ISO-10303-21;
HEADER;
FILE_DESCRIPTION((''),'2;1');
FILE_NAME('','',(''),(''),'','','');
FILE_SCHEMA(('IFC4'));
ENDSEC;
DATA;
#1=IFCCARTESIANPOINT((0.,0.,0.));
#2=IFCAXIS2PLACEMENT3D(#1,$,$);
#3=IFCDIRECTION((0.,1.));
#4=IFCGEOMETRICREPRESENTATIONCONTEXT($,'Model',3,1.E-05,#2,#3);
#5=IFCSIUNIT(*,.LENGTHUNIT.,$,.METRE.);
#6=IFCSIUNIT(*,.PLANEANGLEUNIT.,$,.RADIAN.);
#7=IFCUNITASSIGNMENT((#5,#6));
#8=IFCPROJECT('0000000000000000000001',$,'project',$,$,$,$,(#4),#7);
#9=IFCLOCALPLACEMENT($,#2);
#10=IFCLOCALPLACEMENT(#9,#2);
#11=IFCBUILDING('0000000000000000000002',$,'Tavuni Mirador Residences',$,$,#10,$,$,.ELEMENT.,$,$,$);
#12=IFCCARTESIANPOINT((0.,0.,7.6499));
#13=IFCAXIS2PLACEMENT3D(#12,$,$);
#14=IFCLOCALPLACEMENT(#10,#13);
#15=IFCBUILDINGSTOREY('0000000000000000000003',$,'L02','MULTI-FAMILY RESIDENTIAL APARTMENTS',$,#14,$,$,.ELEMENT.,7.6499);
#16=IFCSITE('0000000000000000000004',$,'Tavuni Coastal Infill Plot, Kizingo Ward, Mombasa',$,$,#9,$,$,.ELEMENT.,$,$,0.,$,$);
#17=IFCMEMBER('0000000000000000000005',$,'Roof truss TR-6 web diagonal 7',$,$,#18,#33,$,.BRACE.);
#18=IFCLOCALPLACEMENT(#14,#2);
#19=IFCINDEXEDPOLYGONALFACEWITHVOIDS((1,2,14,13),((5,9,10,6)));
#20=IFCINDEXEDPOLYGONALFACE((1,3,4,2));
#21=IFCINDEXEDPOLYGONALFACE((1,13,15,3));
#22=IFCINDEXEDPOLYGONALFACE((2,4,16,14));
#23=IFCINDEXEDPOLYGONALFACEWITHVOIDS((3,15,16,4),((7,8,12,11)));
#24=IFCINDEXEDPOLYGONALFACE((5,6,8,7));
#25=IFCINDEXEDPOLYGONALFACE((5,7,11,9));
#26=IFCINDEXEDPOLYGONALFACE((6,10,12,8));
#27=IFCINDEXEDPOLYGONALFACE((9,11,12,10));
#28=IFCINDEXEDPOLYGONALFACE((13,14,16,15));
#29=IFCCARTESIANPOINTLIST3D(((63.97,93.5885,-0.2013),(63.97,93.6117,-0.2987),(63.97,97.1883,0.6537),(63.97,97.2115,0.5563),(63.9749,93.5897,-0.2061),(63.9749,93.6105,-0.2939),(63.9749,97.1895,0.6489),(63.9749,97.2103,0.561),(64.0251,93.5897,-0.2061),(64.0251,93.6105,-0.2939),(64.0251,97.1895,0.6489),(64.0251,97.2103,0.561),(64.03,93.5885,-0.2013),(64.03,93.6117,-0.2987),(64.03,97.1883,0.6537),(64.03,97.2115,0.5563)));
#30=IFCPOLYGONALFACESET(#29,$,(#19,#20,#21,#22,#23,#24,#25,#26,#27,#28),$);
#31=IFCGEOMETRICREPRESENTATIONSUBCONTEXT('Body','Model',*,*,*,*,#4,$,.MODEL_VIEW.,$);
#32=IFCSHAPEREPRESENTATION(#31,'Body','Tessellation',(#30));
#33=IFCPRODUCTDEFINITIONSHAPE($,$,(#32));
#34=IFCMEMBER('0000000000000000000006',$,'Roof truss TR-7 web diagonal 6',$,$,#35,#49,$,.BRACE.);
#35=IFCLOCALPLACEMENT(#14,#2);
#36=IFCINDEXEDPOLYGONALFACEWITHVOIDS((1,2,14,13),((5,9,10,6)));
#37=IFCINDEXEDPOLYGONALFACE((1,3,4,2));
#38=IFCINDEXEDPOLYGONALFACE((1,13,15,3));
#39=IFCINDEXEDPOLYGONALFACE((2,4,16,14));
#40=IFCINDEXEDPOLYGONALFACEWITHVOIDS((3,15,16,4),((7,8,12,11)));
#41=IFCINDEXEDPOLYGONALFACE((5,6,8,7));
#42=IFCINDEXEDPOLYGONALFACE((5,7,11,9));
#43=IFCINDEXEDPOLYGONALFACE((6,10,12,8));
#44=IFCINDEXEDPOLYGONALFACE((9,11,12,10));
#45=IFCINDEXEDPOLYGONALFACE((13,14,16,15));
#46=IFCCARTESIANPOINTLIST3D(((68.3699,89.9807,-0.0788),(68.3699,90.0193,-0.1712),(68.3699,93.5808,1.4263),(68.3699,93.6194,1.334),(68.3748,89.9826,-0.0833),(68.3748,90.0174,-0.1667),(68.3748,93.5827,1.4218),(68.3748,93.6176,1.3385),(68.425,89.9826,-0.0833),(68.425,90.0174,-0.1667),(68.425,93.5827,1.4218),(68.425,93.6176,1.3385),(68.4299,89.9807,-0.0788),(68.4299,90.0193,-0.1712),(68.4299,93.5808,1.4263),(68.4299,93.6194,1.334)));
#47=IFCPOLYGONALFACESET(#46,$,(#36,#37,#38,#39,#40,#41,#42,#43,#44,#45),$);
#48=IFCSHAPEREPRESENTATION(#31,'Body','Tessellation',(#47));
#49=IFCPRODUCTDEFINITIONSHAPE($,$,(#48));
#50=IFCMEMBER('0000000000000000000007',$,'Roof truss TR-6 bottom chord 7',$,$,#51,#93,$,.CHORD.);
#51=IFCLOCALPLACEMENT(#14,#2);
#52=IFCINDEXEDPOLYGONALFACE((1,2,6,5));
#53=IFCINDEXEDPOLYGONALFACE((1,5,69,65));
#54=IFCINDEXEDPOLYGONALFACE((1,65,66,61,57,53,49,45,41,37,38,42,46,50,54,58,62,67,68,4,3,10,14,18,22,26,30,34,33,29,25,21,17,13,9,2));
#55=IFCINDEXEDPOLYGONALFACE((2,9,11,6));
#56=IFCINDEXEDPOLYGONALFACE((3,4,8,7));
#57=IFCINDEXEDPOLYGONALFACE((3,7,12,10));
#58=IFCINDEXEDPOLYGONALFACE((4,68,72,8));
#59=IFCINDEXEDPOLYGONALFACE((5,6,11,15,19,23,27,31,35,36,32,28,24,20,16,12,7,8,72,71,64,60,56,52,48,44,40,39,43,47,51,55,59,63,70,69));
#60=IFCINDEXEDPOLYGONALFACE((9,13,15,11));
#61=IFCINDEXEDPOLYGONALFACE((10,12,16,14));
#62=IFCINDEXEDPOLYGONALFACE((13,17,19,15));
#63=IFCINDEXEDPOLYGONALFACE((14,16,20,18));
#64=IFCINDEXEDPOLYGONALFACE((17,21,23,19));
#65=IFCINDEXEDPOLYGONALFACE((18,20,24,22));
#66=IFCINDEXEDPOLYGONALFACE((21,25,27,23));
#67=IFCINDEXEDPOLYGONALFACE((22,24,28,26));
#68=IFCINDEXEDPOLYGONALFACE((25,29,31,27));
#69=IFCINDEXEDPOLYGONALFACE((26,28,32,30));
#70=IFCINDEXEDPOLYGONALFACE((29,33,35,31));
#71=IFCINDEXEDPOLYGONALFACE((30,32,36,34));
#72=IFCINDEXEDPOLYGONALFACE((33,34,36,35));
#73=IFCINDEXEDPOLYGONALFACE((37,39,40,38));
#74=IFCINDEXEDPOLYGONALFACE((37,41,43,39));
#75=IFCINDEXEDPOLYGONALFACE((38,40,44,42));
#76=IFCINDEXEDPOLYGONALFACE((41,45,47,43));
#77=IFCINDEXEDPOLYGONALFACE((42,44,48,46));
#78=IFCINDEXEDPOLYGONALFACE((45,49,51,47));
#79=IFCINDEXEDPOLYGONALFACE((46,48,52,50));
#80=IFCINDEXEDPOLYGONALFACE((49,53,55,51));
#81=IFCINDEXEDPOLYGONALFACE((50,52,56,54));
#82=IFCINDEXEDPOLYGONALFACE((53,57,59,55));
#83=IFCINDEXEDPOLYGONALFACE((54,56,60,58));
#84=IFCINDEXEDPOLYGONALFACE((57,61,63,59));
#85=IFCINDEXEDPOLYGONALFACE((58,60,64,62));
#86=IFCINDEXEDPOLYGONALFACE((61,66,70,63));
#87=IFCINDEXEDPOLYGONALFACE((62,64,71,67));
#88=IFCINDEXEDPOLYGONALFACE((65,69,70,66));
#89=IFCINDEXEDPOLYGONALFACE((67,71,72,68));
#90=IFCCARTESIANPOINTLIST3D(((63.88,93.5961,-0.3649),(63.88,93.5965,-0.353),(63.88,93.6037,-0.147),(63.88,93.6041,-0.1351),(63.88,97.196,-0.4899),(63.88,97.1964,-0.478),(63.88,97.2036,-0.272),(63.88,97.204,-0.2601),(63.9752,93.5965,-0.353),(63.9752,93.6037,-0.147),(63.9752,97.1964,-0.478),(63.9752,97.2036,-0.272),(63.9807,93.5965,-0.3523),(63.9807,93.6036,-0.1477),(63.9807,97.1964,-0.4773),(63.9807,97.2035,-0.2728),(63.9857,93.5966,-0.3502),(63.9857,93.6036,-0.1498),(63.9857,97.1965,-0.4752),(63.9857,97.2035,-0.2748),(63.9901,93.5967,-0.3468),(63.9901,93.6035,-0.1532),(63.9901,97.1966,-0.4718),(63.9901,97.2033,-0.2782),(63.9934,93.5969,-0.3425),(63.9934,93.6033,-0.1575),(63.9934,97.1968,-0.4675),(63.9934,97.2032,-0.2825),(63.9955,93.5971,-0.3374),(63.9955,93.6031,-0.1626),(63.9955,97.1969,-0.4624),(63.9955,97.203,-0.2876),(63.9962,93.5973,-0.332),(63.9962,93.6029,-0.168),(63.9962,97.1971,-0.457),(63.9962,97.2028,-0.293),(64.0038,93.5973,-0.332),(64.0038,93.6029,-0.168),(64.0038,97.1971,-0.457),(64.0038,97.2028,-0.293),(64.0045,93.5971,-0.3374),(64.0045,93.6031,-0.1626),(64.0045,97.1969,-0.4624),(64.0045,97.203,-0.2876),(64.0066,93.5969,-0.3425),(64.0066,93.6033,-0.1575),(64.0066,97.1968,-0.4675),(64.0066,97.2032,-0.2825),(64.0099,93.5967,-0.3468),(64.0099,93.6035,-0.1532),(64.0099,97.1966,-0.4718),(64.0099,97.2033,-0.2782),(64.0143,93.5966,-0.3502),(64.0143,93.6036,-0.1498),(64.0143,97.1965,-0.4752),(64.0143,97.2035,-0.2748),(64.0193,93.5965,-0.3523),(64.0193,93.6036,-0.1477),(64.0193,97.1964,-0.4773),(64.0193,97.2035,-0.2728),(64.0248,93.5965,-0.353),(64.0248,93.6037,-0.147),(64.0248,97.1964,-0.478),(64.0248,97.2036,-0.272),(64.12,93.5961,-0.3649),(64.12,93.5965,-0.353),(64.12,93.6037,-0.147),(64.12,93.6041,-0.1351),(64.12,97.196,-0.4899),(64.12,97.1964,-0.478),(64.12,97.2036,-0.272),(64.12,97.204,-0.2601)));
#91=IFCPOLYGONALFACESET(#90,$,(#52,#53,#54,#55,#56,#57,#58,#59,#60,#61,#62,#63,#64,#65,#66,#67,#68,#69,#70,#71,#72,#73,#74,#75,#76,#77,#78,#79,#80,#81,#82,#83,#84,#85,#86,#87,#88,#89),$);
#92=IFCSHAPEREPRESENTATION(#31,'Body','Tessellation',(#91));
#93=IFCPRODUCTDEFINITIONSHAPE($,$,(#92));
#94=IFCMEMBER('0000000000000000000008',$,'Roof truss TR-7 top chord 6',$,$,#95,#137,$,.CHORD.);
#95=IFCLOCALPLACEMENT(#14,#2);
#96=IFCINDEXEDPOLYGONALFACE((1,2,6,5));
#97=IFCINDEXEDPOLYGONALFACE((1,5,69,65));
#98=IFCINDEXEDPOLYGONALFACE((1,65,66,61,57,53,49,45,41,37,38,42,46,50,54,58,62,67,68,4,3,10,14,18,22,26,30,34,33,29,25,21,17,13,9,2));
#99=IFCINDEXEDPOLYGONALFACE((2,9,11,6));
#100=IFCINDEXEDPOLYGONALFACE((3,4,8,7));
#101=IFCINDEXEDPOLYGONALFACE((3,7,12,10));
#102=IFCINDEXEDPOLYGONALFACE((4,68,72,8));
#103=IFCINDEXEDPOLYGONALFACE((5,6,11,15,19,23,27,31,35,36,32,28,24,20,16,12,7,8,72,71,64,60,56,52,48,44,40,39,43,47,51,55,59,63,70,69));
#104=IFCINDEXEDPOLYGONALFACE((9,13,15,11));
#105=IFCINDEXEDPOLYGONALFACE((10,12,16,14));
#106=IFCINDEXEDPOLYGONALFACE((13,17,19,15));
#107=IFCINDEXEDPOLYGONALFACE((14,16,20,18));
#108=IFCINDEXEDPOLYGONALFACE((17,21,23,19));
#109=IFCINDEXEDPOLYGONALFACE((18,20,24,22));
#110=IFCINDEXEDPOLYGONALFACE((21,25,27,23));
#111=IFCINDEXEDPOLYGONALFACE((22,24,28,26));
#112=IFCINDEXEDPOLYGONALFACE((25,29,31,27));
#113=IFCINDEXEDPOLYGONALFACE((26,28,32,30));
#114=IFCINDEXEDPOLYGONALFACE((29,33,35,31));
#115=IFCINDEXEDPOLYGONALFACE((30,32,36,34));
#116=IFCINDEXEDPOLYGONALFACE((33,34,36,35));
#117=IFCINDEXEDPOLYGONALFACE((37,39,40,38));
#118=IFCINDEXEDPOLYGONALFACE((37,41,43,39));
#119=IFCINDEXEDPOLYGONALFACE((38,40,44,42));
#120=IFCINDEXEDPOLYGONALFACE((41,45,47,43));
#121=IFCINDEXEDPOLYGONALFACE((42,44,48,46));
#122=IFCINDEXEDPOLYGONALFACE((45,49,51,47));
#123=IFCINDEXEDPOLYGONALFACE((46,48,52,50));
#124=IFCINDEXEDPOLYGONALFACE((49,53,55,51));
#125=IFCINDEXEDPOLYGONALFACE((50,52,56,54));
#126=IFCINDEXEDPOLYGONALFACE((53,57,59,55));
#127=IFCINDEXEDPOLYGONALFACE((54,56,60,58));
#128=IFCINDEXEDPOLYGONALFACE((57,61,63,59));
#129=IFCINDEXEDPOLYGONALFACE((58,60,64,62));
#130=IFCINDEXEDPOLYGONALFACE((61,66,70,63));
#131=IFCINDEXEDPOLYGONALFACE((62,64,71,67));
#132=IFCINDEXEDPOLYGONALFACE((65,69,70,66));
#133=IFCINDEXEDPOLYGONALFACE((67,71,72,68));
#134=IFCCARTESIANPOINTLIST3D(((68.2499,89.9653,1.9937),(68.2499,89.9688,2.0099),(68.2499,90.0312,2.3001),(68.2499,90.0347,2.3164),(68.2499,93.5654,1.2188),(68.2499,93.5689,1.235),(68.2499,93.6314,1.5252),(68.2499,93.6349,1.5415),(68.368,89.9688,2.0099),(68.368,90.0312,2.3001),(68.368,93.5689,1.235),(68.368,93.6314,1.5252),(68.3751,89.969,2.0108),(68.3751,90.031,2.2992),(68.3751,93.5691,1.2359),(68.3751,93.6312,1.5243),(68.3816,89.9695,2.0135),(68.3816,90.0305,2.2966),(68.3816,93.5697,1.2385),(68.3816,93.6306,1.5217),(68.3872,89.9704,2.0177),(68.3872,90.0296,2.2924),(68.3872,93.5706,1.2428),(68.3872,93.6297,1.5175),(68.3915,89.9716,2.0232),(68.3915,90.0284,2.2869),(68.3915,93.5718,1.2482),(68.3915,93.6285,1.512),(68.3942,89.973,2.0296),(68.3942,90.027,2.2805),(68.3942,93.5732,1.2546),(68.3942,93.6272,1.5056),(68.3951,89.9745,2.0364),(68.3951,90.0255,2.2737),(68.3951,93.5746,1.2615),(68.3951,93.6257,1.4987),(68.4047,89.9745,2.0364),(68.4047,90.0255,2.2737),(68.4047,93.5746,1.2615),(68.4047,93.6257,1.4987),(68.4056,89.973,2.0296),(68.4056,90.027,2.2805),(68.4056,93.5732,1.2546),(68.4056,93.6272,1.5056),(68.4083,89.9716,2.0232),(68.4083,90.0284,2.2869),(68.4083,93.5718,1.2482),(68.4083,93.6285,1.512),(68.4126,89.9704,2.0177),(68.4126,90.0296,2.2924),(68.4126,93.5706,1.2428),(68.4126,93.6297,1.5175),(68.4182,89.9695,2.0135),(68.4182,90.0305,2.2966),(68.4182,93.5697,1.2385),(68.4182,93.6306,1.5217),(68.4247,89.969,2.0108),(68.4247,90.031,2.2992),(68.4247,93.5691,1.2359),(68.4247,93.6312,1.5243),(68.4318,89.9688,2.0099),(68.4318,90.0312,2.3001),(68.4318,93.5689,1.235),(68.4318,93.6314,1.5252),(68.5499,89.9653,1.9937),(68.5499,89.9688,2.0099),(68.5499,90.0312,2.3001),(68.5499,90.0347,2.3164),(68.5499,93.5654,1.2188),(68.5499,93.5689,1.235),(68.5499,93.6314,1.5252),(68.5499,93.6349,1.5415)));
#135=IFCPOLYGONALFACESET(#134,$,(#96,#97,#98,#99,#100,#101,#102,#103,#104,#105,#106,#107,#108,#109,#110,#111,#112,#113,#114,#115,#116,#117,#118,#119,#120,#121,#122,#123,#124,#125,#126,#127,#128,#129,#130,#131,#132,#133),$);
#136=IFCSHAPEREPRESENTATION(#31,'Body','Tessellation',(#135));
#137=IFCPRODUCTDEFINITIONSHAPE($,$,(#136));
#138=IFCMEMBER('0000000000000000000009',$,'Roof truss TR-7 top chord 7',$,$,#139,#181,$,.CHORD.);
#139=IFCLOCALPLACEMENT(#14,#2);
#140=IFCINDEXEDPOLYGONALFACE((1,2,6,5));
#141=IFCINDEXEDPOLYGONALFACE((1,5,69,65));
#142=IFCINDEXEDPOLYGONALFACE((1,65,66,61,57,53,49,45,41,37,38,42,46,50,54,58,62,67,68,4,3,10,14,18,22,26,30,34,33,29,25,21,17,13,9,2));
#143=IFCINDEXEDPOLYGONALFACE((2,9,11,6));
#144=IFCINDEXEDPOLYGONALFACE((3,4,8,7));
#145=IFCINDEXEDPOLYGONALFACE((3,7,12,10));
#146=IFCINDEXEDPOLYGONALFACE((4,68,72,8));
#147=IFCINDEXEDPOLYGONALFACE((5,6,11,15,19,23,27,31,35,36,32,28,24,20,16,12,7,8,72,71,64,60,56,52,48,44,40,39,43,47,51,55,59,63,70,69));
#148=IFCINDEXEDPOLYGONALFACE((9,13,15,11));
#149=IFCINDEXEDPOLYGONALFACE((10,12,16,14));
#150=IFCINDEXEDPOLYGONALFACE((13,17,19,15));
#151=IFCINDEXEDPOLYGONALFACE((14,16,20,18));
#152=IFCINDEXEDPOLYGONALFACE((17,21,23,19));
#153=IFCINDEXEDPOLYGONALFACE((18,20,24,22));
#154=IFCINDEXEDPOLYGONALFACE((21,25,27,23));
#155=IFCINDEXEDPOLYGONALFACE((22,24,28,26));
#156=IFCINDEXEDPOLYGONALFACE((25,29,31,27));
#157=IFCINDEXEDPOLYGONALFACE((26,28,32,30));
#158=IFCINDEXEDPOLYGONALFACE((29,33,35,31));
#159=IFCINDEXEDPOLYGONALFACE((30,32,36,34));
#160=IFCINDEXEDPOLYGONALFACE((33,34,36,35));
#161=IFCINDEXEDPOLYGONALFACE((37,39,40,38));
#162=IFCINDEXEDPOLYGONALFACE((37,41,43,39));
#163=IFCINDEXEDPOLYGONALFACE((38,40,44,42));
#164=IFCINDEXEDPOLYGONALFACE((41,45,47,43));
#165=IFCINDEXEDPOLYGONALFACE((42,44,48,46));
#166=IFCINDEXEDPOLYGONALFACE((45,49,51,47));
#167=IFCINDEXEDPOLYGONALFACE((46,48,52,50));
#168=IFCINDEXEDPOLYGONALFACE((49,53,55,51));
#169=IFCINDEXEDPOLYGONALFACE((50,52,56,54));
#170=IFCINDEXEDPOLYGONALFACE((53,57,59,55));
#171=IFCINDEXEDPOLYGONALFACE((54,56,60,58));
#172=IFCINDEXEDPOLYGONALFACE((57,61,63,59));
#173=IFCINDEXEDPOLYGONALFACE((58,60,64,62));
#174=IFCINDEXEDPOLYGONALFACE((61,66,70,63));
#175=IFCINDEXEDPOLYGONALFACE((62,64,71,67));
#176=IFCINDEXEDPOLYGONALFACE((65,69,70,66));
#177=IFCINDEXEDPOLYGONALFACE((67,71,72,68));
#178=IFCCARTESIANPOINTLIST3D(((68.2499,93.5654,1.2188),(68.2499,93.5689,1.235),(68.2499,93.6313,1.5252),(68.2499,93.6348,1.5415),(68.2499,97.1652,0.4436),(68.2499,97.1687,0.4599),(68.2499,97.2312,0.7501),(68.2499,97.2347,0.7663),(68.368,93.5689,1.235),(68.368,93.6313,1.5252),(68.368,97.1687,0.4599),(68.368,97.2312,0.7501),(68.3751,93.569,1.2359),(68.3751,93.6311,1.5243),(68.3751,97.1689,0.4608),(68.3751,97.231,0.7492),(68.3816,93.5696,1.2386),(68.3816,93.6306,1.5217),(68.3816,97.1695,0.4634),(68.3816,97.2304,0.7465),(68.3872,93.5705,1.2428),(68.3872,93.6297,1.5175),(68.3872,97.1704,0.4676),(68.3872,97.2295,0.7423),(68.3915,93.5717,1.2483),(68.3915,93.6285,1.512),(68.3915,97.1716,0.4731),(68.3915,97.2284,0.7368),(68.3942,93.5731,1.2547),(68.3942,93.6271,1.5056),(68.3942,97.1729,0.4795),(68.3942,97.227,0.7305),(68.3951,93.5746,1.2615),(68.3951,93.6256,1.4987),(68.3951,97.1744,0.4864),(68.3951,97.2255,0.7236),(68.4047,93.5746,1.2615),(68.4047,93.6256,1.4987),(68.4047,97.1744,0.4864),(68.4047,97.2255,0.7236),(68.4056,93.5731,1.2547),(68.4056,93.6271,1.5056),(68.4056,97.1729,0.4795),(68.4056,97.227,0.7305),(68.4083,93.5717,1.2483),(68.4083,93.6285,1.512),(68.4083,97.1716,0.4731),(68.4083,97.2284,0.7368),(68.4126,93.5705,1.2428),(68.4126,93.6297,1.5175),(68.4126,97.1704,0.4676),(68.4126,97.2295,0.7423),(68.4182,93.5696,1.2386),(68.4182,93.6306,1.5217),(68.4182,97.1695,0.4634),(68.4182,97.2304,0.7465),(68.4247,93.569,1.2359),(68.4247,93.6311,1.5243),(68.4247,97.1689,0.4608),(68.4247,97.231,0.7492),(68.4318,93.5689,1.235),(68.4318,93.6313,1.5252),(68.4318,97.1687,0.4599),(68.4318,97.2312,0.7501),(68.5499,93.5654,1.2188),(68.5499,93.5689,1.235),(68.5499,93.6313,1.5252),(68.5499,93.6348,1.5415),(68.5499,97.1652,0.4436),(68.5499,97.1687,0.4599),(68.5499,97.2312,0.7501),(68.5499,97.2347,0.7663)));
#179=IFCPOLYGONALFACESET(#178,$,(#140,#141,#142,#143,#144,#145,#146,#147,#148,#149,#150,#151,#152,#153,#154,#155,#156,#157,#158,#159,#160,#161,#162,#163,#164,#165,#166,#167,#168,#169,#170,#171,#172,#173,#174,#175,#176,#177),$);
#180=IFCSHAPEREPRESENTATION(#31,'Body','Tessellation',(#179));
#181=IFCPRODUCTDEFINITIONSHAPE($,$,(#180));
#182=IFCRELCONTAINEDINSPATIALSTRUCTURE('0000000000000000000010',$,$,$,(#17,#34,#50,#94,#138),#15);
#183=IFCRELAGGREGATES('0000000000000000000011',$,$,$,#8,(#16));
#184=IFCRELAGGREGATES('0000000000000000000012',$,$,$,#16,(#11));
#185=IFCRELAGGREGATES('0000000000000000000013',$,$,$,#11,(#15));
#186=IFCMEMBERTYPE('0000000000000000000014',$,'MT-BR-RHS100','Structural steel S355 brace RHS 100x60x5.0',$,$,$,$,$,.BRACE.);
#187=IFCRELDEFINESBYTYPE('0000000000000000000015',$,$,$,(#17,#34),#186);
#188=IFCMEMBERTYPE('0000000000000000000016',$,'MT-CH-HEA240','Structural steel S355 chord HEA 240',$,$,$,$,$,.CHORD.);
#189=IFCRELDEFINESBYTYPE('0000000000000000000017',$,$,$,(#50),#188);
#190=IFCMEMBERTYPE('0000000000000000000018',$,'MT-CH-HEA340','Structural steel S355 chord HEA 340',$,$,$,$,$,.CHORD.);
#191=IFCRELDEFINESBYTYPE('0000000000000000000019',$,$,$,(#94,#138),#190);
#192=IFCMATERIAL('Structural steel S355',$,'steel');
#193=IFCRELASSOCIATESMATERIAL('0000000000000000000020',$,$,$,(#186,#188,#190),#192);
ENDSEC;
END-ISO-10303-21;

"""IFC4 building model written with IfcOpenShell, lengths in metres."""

from ifc_helpers import new_model, si_unit, direction, frame, origin, origin_2d, place, context, subcontext, project, spatial, hollow_rectangle, i_section, extrude, material, material_profile, profile_set, type_object, element, save


model = new_model("IFC4")

# Units and contexts
model_context = context("Model", 3, precision=1e-05, world=origin(), true_north=direction((0.0, 1.0)))
body_context = subcontext(model_context, "Body", "Model", "MODEL_VIEW")
ifc_project = project(units=[si_unit("LENGTHUNIT", "METRE"), si_unit("PLANEANGLEUNIT", "RADIAN")], contexts=[model_context])

# Site, building, storey
site_placement = place(None, origin())
site = spatial("IfcSite", under=ifc_project, at=site_placement, Name="Tavuni Coastal Infill Plot, Kizingo Ward, Mombasa", CompositionType="ELEMENT", RefElevation=0.0)
building_placement = place(site_placement, origin())
building = spatial("IfcBuilding", under=site, at=building_placement, Name="Tavuni Mirador Residences", CompositionType="ELEMENT")
storey_placement = place(building_placement, frame((0.0, 0.0, 7.6499)))
storey = spatial("IfcBuildingStorey", under=building, at=storey_placement, Name="L02", Description="MULTI-FAMILY RESIDENTIAL APARTMENTS", CompositionType="ELEMENT", Elevation=7.6499)

# Members
ifc_material_1 = material(Name="Structural steel S355", Category="steel")
ifc_material_profile_1 = material_profile(ifc_material_1, hollow_rectangle(XDim=0.0601, YDim=0.1001, WallThickness=0.0049, at=origin_2d()), Name="RHS 100x60x5.0", Category="steel")
ifc_profile_set_1 = profile_set([ifc_material_profile_1], Name="Structural steel S355")
member_type_1 = type_object("IfcMemberType", Name="MT-BR-RHS100", Description="Structural steel S355 brace RHS 100x60x5.0", PredefinedType="BRACE", material=ifc_profile_set_1)
member_1_placement = place(storey_placement, frame((64.0, 93.6001, -0.25), z_axis=(0.0, 0.972936, 0.231076), x_axis=(-1.0, 0.0, 0.0)))
element("IfcMember", 1, at=member_1_placement, inside=storey, type_object=member_type_1, Name="Roof truss TR-6 web diagonal 7", PredefinedType="BRACE", context=body_context, shape_type="SweptSolid", body=[
    extrude(hollow_rectangle(XDim=0.0601, YDim=0.1001, WallThickness=0.0049, at=origin_2d()), origin(), (0.0, 0.0, 1.0), 3.7),
])
member_2_placement = place(storey_placement, frame((68.3999, 90.0, -0.125), z_axis=(0.0, 0.922613, 0.385726), x_axis=(-1.0, 0.0, 0.0)))
element("IfcMember", 2, at=member_2_placement, inside=storey, type_object=member_type_1, Name="Roof truss TR-7 web diagonal 6", PredefinedType="BRACE", context=body_context, shape_type="SweptSolid", body=[
    extrude(hollow_rectangle(XDim=0.0601, YDim=0.1001, WallThickness=0.0049, at=origin_2d()), origin(), (0.0, 0.0, 1.0), 3.9021),
])
ifc_material_profile_2 = material_profile(ifc_material_1, i_section(OverallWidth=0.24, OverallDepth=0.23, WebThickness=0.0076, FlangeThickness=0.012, FilletRadius=0.021, at=origin_2d()), Name="HEA 240", Category="steel")
ifc_profile_set_2 = profile_set([ifc_material_profile_2], Name="Structural steel S355")
member_type_2 = type_object("IfcMemberType", Name="MT-CH-HEA240", Description="Structural steel S355 chord HEA 240", PredefinedType="CHORD", material=ifc_profile_set_2)
member_3_placement = place(storey_placement, frame((64.0, 93.6001, -0.25), z_axis=(0.0, 0.999398, -0.034703), x_axis=(-1.0, 0.0, 0.0)))
element("IfcMember", 3, at=member_3_placement, inside=storey, type_object=member_type_2, Name="Roof truss TR-6 bottom chord 7", PredefinedType="CHORD", context=body_context, shape_type="SweptSolid", body=[
    extrude(i_section(OverallWidth=0.24, OverallDepth=0.23, WebThickness=0.0076, FlangeThickness=0.012, FilletRadius=0.021, at=origin_2d()), origin(), (0.0, 0.0, 1.0), 3.6021),
])
ifc_material_profile_3 = material_profile(ifc_material_1, i_section(OverallWidth=0.3, OverallDepth=0.3301, WebThickness=0.0095, FlangeThickness=0.0166, FilletRadius=0.0271, at=origin_2d()), Name="HEA 340", Category="steel")
ifc_profile_set_3 = profile_set([ifc_material_profile_3], Name="Structural steel S355")
member_type_3 = type_object("IfcMemberType", Name="MT-CH-HEA340", Description="Structural steel S355 chord HEA 340", PredefinedType="CHORD", material=ifc_profile_set_3)
member_4_placement = place(storey_placement, frame((68.3999, 90.0, 2.155), z_axis=(0.0, 0.97761, -0.210425), x_axis=(-1.0, 0.0, 0.0)))
element("IfcMember", 4, at=member_4_placement, inside=storey, type_object=member_type_3, Name="Roof truss TR-7 top chord 6", PredefinedType="CHORD", context=body_context, shape_type="SweptSolid", body=[
    extrude(i_section(OverallWidth=0.3, OverallDepth=0.3301, WebThickness=0.0095, FlangeThickness=0.0166, FilletRadius=0.0271, at=origin_2d()), origin(), (0.0, 0.0, 1.0), 3.6826),
])
member_5_placement = place(storey_placement, frame((68.3999, 93.6001, 1.3801), z_axis=(0.0, 0.977593, -0.210502), x_axis=(-1.0, 0.0, 0.0)))
element("IfcMember", 5, at=member_5_placement, inside=storey, type_object=member_type_3, Name="Roof truss TR-7 top chord 7", PredefinedType="CHORD", context=body_context, shape_type="SweptSolid", body=[
    extrude(i_section(OverallWidth=0.3, OverallDepth=0.3301, WebThickness=0.0095, FlangeThickness=0.0166, FilletRadius=0.0271, at=origin_2d()), origin(), (0.0, 0.0, 1.0), 3.6824),
])

save(model, "model.ifc")
